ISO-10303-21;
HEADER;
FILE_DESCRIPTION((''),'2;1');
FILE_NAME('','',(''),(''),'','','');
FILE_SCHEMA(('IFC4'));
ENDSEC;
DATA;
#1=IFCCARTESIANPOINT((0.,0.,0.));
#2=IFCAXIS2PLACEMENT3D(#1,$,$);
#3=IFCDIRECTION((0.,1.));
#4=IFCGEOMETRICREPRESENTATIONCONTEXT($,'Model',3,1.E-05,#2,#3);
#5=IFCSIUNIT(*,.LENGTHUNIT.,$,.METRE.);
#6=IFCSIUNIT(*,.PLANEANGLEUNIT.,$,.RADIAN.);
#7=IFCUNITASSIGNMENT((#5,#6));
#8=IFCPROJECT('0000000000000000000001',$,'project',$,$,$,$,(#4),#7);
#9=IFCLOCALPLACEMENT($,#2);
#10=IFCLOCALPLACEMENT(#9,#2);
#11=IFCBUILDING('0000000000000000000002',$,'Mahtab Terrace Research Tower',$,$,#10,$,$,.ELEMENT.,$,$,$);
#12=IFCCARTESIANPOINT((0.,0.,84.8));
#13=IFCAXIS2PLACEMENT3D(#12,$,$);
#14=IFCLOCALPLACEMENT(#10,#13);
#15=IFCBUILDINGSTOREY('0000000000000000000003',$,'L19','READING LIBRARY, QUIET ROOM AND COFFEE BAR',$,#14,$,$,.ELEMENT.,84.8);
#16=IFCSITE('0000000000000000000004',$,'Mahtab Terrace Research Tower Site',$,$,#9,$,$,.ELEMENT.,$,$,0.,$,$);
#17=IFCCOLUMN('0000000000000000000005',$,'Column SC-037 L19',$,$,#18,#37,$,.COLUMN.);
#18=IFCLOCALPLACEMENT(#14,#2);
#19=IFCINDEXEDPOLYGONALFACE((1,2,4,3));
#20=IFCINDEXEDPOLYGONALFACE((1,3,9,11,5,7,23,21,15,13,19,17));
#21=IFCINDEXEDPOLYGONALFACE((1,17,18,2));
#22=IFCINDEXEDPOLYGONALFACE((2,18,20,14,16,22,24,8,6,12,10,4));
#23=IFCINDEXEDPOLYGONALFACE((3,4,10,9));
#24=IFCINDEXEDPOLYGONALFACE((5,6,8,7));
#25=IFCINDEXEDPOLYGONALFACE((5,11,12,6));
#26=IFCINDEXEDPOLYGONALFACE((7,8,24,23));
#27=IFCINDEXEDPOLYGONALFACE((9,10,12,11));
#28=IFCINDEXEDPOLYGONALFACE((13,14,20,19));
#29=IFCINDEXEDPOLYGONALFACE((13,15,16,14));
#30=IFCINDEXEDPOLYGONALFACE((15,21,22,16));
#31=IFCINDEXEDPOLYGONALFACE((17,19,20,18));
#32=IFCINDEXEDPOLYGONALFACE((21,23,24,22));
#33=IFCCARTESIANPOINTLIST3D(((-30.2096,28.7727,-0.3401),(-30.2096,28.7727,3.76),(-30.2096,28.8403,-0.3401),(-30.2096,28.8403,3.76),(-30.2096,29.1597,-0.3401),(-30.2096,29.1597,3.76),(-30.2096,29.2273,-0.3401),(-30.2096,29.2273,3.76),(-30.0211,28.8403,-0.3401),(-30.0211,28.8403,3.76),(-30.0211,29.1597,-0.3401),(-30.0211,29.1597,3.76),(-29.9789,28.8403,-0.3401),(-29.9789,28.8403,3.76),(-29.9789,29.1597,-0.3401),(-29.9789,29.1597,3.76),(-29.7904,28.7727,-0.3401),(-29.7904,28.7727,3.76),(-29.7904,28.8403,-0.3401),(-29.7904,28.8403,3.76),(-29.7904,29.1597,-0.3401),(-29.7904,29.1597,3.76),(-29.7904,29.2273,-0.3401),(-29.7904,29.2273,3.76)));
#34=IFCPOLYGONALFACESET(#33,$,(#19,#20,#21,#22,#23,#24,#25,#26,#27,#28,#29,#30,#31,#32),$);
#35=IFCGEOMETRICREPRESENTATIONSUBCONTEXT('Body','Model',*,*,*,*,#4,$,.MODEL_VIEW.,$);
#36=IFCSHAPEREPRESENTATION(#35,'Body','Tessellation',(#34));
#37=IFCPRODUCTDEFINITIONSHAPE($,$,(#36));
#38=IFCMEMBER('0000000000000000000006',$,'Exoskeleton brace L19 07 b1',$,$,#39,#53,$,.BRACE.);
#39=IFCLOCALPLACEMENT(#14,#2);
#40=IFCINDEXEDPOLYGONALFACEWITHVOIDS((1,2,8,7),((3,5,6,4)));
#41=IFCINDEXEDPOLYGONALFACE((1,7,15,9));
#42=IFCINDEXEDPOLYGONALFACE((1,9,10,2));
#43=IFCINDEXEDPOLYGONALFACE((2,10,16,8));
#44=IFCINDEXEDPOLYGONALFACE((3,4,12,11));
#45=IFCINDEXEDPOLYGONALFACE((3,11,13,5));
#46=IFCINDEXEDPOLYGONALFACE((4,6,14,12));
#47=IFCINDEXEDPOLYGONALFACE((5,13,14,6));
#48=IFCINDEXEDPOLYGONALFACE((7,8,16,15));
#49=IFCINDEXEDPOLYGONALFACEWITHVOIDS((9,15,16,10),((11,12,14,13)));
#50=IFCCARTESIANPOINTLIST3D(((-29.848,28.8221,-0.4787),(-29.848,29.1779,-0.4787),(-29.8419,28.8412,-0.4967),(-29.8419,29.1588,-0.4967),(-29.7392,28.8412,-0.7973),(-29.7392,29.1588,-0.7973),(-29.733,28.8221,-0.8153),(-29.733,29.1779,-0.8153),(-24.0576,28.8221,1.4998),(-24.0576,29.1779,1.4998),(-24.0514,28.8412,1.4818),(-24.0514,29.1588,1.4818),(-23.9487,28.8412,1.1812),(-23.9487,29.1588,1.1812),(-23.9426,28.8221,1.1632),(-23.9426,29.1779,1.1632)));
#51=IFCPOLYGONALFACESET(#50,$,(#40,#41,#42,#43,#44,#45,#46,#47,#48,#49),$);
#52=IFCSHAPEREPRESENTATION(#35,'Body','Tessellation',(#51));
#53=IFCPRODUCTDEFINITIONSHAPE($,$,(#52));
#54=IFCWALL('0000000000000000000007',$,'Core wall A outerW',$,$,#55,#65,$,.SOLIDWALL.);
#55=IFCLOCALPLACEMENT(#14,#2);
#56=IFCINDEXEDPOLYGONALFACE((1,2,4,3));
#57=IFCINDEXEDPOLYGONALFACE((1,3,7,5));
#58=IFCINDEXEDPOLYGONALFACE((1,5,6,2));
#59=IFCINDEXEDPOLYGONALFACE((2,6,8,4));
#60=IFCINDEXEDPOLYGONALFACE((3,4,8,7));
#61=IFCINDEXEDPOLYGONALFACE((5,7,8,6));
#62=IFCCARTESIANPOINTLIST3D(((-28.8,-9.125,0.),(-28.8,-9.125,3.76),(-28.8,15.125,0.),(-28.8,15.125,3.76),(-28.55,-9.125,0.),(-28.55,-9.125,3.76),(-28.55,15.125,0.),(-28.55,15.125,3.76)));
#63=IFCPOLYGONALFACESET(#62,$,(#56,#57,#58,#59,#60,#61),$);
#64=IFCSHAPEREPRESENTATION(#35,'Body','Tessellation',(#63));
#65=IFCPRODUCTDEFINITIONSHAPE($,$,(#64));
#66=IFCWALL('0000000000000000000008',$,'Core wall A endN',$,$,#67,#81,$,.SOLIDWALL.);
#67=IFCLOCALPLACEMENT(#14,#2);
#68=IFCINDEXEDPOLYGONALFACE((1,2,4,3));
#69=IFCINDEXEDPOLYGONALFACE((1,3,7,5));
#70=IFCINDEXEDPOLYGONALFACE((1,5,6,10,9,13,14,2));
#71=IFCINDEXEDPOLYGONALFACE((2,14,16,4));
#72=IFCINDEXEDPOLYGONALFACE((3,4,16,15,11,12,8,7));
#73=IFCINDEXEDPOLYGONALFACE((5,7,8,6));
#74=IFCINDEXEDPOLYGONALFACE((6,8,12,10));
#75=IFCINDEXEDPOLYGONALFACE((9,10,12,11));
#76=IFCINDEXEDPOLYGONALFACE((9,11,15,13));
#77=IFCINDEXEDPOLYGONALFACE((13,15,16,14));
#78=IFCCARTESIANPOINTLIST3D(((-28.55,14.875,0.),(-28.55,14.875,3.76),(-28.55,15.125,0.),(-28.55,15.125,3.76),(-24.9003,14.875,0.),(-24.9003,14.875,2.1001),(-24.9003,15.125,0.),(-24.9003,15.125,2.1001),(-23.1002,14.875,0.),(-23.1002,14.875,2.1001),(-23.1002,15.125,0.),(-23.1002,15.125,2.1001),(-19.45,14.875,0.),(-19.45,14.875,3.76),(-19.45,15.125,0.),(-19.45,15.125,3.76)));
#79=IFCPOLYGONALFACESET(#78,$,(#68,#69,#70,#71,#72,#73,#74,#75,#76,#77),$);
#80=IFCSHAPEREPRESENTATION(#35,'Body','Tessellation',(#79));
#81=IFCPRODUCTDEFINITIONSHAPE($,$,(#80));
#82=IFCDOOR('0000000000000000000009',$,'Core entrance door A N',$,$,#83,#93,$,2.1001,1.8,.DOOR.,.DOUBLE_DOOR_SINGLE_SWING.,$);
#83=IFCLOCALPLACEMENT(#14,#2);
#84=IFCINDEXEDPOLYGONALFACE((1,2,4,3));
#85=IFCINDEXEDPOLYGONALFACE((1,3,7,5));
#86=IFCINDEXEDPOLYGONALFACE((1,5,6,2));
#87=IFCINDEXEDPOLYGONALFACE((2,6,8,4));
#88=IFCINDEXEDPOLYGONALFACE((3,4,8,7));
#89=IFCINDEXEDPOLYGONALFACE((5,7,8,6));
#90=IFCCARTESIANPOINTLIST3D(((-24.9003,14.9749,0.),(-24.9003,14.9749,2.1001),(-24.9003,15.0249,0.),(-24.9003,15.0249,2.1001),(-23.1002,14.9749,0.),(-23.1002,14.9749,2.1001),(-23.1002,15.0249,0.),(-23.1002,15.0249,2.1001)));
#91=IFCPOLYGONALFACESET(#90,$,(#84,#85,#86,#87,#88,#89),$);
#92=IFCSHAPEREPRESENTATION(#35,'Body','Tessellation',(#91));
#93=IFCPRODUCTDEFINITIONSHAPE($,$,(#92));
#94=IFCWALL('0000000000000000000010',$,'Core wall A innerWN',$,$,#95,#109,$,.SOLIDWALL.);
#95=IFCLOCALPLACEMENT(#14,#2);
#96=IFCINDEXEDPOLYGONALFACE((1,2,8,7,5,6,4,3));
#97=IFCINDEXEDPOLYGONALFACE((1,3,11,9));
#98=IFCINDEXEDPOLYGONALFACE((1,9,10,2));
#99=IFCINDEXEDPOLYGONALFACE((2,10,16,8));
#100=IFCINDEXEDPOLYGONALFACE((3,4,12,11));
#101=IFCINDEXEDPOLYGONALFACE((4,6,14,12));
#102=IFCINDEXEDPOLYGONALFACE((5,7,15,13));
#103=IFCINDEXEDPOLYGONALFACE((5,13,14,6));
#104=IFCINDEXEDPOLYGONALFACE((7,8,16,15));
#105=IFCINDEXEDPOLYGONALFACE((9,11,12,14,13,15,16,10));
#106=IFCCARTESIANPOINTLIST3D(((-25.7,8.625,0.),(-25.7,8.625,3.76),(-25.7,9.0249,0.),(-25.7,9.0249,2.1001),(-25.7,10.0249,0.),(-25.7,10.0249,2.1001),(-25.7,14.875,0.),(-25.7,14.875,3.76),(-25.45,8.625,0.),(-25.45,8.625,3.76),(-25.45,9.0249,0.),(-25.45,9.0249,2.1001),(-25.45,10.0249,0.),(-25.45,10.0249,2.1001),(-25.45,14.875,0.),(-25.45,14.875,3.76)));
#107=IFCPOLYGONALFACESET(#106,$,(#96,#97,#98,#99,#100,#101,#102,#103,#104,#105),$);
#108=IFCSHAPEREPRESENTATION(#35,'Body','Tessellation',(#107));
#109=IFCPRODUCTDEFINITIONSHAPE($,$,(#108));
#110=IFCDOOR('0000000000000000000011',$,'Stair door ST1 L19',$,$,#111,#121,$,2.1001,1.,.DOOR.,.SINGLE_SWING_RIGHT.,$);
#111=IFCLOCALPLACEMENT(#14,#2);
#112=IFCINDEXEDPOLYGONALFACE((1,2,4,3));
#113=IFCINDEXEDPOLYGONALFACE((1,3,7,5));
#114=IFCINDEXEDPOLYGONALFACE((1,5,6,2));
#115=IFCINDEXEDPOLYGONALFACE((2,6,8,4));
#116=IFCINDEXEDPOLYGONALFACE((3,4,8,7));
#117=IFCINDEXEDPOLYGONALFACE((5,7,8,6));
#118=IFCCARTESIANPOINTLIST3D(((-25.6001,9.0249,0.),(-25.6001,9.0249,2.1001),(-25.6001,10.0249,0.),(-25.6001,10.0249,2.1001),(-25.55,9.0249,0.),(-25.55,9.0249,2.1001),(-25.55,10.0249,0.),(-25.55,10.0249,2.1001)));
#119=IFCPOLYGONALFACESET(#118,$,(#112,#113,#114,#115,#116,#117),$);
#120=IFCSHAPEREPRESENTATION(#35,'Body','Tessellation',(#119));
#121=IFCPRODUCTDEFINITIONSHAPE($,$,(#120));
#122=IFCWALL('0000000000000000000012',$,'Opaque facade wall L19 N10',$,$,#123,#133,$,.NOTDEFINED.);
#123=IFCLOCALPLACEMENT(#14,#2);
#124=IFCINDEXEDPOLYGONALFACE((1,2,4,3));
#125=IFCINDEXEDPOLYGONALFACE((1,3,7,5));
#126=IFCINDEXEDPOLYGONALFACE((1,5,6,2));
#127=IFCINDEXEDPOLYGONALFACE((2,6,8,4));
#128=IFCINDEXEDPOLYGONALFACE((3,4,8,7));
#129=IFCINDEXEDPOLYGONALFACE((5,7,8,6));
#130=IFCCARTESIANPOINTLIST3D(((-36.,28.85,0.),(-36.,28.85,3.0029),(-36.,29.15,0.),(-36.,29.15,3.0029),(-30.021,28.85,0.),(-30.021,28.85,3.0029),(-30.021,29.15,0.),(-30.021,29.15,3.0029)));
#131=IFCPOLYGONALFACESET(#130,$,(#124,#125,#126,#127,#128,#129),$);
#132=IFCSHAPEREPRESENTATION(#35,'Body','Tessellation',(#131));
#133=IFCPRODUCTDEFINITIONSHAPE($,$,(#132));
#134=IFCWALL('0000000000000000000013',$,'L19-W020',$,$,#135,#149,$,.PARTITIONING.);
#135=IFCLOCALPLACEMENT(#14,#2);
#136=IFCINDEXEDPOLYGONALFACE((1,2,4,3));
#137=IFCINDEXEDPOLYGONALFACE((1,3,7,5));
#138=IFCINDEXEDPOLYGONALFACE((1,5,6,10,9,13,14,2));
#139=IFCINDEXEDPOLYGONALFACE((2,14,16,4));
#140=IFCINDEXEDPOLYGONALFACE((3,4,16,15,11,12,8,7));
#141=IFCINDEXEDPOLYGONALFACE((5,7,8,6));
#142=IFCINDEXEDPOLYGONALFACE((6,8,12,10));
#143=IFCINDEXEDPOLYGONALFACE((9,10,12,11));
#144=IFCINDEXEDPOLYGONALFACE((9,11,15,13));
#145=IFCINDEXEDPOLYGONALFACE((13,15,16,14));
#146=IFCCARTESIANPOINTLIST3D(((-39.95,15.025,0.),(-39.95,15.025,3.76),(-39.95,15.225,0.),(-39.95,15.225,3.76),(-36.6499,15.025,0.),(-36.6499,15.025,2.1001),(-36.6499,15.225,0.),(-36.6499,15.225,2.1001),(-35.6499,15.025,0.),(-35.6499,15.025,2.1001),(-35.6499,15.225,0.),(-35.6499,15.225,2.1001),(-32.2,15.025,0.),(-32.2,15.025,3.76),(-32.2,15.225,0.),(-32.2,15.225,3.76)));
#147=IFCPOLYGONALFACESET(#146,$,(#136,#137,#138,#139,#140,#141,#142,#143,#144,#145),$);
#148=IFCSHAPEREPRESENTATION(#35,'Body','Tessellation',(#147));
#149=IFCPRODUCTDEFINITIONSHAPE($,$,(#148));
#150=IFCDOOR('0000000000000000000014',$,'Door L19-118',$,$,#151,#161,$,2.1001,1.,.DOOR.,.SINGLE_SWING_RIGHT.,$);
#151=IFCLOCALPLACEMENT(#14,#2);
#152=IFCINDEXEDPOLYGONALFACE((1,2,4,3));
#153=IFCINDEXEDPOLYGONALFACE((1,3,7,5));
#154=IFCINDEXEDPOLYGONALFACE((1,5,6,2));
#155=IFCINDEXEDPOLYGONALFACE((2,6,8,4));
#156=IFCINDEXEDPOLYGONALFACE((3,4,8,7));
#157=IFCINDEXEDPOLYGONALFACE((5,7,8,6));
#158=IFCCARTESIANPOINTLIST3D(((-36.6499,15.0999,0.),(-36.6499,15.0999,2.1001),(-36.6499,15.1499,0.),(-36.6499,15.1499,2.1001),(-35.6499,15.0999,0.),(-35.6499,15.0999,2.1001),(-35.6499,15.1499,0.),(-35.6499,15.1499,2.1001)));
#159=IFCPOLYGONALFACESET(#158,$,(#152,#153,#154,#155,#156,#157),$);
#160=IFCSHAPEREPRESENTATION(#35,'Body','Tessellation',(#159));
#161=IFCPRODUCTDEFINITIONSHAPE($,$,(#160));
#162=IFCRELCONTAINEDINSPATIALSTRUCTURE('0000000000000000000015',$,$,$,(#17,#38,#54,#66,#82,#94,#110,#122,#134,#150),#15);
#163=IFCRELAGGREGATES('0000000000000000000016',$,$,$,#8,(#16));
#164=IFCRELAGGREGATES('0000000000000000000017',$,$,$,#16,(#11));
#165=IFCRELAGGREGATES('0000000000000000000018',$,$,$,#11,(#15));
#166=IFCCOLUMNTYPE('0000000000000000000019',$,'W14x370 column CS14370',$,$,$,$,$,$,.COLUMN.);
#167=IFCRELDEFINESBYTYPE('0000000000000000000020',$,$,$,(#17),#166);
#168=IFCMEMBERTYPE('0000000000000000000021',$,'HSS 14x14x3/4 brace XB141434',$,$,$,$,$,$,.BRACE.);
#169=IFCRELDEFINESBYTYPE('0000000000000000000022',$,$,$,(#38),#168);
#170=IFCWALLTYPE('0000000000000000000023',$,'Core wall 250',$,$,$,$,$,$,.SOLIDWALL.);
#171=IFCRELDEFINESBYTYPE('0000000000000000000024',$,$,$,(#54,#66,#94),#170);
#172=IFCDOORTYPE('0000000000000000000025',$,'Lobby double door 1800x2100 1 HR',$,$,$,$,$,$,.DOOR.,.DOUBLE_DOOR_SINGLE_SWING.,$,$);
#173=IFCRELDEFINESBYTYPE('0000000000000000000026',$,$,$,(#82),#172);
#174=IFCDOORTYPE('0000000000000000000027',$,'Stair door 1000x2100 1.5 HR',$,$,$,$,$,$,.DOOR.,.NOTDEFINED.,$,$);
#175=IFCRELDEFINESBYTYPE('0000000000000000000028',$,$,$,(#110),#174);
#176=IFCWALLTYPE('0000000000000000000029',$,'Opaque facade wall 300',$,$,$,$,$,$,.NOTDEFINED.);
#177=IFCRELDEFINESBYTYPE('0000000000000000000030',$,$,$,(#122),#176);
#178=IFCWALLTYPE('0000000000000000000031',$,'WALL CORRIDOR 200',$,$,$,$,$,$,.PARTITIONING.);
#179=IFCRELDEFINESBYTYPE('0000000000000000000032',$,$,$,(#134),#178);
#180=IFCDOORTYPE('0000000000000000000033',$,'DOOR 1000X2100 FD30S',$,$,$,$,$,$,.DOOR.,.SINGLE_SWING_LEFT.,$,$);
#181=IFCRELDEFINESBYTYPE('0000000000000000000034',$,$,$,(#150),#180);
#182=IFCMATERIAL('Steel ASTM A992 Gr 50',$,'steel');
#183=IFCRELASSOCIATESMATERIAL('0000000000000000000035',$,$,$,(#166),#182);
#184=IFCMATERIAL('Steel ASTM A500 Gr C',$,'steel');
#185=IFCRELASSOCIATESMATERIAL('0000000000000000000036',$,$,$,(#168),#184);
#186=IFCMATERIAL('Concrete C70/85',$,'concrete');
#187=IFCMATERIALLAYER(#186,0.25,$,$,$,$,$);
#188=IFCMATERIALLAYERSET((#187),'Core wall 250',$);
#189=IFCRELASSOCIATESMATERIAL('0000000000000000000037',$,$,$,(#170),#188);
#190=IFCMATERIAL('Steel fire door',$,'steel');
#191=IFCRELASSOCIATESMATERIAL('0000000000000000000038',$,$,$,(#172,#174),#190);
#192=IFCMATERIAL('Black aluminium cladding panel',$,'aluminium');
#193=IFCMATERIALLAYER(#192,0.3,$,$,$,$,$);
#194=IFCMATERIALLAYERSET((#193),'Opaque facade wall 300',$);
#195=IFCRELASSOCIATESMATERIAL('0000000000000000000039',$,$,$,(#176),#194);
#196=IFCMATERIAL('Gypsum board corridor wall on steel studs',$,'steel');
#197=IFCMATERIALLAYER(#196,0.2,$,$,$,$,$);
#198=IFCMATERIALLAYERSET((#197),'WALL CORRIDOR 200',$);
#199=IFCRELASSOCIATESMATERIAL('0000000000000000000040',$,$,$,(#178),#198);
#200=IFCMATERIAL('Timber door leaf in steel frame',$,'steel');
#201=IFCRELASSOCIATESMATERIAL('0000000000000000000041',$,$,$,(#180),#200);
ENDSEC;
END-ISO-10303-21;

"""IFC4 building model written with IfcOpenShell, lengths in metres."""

from ifc_helpers import new_model, si_unit, direction, frame, frame_2d, origin, origin_2d, place, context, subcontext, project, spatial, rectangle, hollow_rectangle, i_section, extrude, material, layer, layer_set, material_profile, profile_set, type_object, element, fill, save


model = new_model("IFC4")

# Units and contexts
model_context = context("Model", 3, precision=1e-05, world=origin(), true_north=direction((0.0, 1.0)))
body_context = subcontext(model_context, "Body", "Model", "MODEL_VIEW")
ifc_project = project(units=[si_unit("LENGTHUNIT", "METRE"), si_unit("PLANEANGLEUNIT", "RADIAN")], contexts=[model_context])

# Site, building, storey
site_placement = place(None, origin())
site = spatial("IfcSite", under=ifc_project, at=site_placement, Name="Mahtab Terrace Research Tower Site", CompositionType="ELEMENT", RefElevation=0.0)
building_placement = place(site_placement, origin())
building = spatial("IfcBuilding", under=site, at=building_placement, Name="Mahtab Terrace Research Tower", CompositionType="ELEMENT")
storey_placement = place(building_placement, frame((0.0, 0.0, 84.8)))
storey = spatial("IfcBuildingStorey", under=building, at=storey_placement, Name="L19", Description="READING LIBRARY, QUIET ROOM AND COFFEE BAR", CompositionType="ELEMENT", Elevation=84.8)

# Column
ifc_material_1 = material(Name="Steel ASTM A992 Gr 50", Category="steel")
ifc_material_profile_1 = material_profile(ifc_material_1, i_section(OverallWidth=0.4192, OverallDepth=0.4546, WebThickness=0.0422, FlangeThickness=0.0676, at=origin_2d()), Name="W14X370")
ifc_profile_set_1 = profile_set([ifc_material_profile_1], Name="Steel ASTM A992 Gr 50")
column_type = type_object("IfcColumnType", Name="W14x370 column CS14370", PredefinedType="COLUMN", material=ifc_profile_set_1)
column_placement = place(storey_placement, frame((-30.0, 29.0, -0.3401), z_axis=(0.0, 0.0, 1.0), x_axis=(1.0, 0.0, 0.0)))
element("IfcColumn", 1, at=column_placement, inside=storey, type_object=column_type, Name="Column SC-037 L19", PredefinedType="COLUMN", context=body_context, shape_type="SweptSolid", body=[
    extrude(i_section(OverallWidth=0.4192, OverallDepth=0.4546, WebThickness=0.0422, FlangeThickness=0.0676, at=origin_2d()), origin(), (0.0, 0.0, 1.0), 4.1001),
])

# Member
ifc_material_2 = material(Name="Steel ASTM A500 Gr C", Category="steel")
ifc_material_profile_2 = material_profile(ifc_material_2, hollow_rectangle(XDim=0.3557, YDim=0.3557, WallThickness=0.019, at=origin_2d()), Name="HSS14X14X3/4")
ifc_profile_set_2 = profile_set([ifc_material_profile_2], Name="Steel ASTM A500 Gr C")
member_type = type_object("IfcMemberType", Name="HSS 14x14x3/4 brace XB141434", PredefinedType="BRACE", material=ifc_profile_set_2)
member_placement = place(storey_placement, frame((-29.7905, 29.0, -0.647), z_axis=(0.946287, 0.0, 0.323329), x_axis=(0.0, 1.0, 0.0)))
element("IfcMember", 2, at=member_placement, inside=storey, type_object=member_type, Name="Exoskeleton brace L19 07 b1", PredefinedType="BRACE", context=body_context, shape_type="SweptSolid", body=[
    extrude(hollow_rectangle(XDim=0.3557, YDim=0.3557, WallThickness=0.019, at=origin_2d()), origin(), (0.0, 0.0, 1.0), 6.1191),
])

# Wall
ifc_material_3 = material(Name="Concrete C70/85", Category="concrete")
ifc_layer_1 = layer(ifc_material_3, 0.25)
ifc_layer_set_1 = layer_set([ifc_layer_1], Name="Core wall 250")
wall_type_1 = type_object("IfcWallType", Name="Core wall 250", PredefinedType="SOLIDWALL", material=ifc_layer_set_1)
wall_1_placement = place(storey_placement, frame((-28.675, 15.125, 0.0), z_axis=(0.0, 0.0, 1.0), x_axis=(0.0, -1.0, 0.0)))
element("IfcWall", 3, at=wall_1_placement, inside=storey, type_object=wall_type_1, Name="Core wall A outerW", PredefinedType="SOLIDWALL", context=body_context, shape_type="SweptSolid", body=[
    extrude(rectangle(XDim=24.25, YDim=0.25, at=frame_2d((12.125, 0.0))), origin(), (0.0, 0.0, 1.0), 3.76),
])

# Walls, openings, doors
wall_2_placement = place(storey_placement, frame((-28.55, 15.0, 0.0), z_axis=(0.0, 0.0, 1.0), x_axis=(1.0, 0.0, 0.0)))
wall_2 = element("IfcWall", 4, at=wall_2_placement, inside=storey, type_object=wall_type_1, Name="Core wall A endN", PredefinedType="SOLIDWALL", context=body_context, shape_type="SweptSolid", body=[
    extrude(rectangle(XDim=9.1001, YDim=0.25, at=frame_2d((4.55, 0.0))), origin(), (0.0, 0.0, 1.0), 3.76),
])
opening_1_placement = place(wall_2_placement, frame((3.6499, 0.0, 0.0)))
opening_1 = element("IfcOpeningElement", 5, at=opening_1_placement, cuts=wall_2, PredefinedType="OPENING", context=body_context, shape_type="SweptSolid", body=[
    extrude(rectangle(XDim=1.8, YDim=2.1001, at=frame_2d((0.8999, 1.05))), frame((0.0, 0.135, 0.0), z_axis=(0.0, -1.0, 0.0), x_axis=(1.0, 0.0, 0.0)), (0.0, 0.0, 1.0), 0.27),
])
ifc_material_4 = material(Name="Steel fire door", Category="steel")
door_type_1 = type_object("IfcDoorType", Name="Lobby double door 1800x2100 1 HR", OperationType="DOUBLE_DOOR_SINGLE_SWING", PredefinedType="DOOR", material=ifc_material_4)
door_1_placement = place(opening_1_placement, origin())
door_1 = element("IfcDoor", 6, at=door_1_placement, inside=storey, type_object=door_type_1, Name="Core entrance door A N", OperationType="DOUBLE_DOOR_SINGLE_SWING", OverallHeight=2.1001, OverallWidth=1.8, PredefinedType="DOOR", context=body_context, shape_type="SweptSolid", body=[
    extrude(rectangle(XDim=1.8, YDim=2.1001, at=frame_2d((0.8999, 1.05))), frame((0.0, 0.0249, 0.0), z_axis=(0.0, -1.0, 0.0), x_axis=(1.0, 0.0, 0.0)), (0.0, 0.0, 1.0), 0.05),
])
fill(opening_1, door_1)
wall_3_placement = place(storey_placement, frame((-25.575, 14.875, 0.0), z_axis=(0.0, 0.0, 1.0), x_axis=(0.0, -1.0, 0.0)))
wall_3 = element("IfcWall", 7, at=wall_3_placement, inside=storey, type_object=wall_type_1, Name="Core wall A innerWN", PredefinedType="SOLIDWALL", context=body_context, shape_type="SweptSolid", body=[
    extrude(rectangle(XDim=6.25, YDim=0.25, at=frame_2d((3.125, 0.0))), origin(), (0.0, 0.0, 1.0), 3.76),
])
opening_2_placement = place(wall_3_placement, frame((4.8501, 0.0, 0.0)))
opening_2 = element("IfcOpeningElement", 8, at=opening_2_placement, cuts=wall_3, PredefinedType="OPENING", context=body_context, shape_type="SweptSolid", body=[
    extrude(rectangle(XDim=1.0, YDim=2.1001, at=frame_2d((0.5, 1.05))), frame((0.0, 0.135, 0.0), z_axis=(0.0, -1.0, 0.0), x_axis=(1.0, 0.0, 0.0)), (0.0, 0.0, 1.0), 0.27),
])
door_type_2 = type_object("IfcDoorType", Name="Stair door 1000x2100 1.5 HR", OperationType="NOTDEFINED", PredefinedType="DOOR", material=ifc_material_4)
door_2_placement = place(opening_2_placement, origin())
door_2 = element("IfcDoor", 9, at=door_2_placement, inside=storey, type_object=door_type_2, Name="Stair door ST1 L19", OperationType="SINGLE_SWING_RIGHT", OverallHeight=2.1001, OverallWidth=1.0, PredefinedType="DOOR", context=body_context, shape_type="SweptSolid", body=[
    extrude(rectangle(XDim=1.0, YDim=2.1001, at=frame_2d((0.5, 1.05))), frame((0.0, 0.0249, 0.0), z_axis=(0.0, -1.0, 0.0), x_axis=(1.0, 0.0, 0.0)), (0.0, 0.0, 1.0), 0.05),
])
fill(opening_2, door_2)

# Wall
ifc_material_5 = material(Name="Black aluminium cladding panel", Category="aluminium")
ifc_layer_2 = layer(ifc_material_5, 0.3)
ifc_layer_set_2 = layer_set([ifc_layer_2], Name="Opaque facade wall 300")
wall_type_2 = type_object("IfcWallType", Name="Opaque facade wall 300", PredefinedType="NOTDEFINED", material=ifc_layer_set_2)
wall_4_placement = place(storey_placement, frame((-30.021, 29.0, 0.0), z_axis=(0.0, 0.0, 1.0), x_axis=(-1.0, 0.0, 0.0)))
element("IfcWall", 10, at=wall_4_placement, inside=storey, type_object=wall_type_2, Name="Opaque facade wall L19 N10", PredefinedType="NOTDEFINED", context=body_context, shape_type="SweptSolid", body=[
    extrude(rectangle(XDim=5.979, YDim=0.3, at=frame_2d((2.9895, 0.0))), origin(), (0.0, 0.0, 1.0), 3.0029),
])

# Wall, opening, door
ifc_material_6 = material(Name="Gypsum board corridor wall on steel studs", Category="steel")
ifc_layer_3 = layer(ifc_material_6, 0.2)
ifc_layer_set_3 = layer_set([ifc_layer_3], Name="WALL CORRIDOR 200")
wall_type_3 = type_object("IfcWallType", Name="WALL CORRIDOR 200", PredefinedType="PARTITIONING", material=ifc_layer_set_3)
wall_5_placement = place(storey_placement, frame((-39.95, 15.125, 0.0), z_axis=(0.0, 0.0, 1.0), x_axis=(1.0, 0.0, 0.0)))
wall_5 = element("IfcWall", 11, at=wall_5_placement, inside=storey, type_object=wall_type_3, Name="L19-W020", PredefinedType="PARTITIONING", context=body_context, shape_type="SweptSolid", body=[
    extrude(rectangle(XDim=7.75, YDim=0.2, at=frame_2d((3.875, 0.0))), origin(), (0.0, 0.0, 1.0), 3.76),
])
opening_3_placement = place(wall_5_placement, frame((3.3, 0.0, 0.0)))
opening_3 = element("IfcOpeningElement", 12, at=opening_3_placement, cuts=wall_5, PredefinedType="OPENING", context=body_context, shape_type="SweptSolid", body=[
    extrude(rectangle(XDim=1.0, YDim=2.1001, at=frame_2d((0.5, 1.05))), frame((0.0, 0.1099, 0.0), z_axis=(0.0, -1.0, 0.0), x_axis=(1.0, 0.0, 0.0)), (0.0, 0.0, 1.0), 0.22),
])
ifc_material_7 = material(Name="Timber door leaf in steel frame", Category="steel")
door_type_3 = type_object("IfcDoorType", Name="DOOR 1000X2100 FD30S", OperationType="SINGLE_SWING_LEFT", PredefinedType="DOOR", material=ifc_material_7)
door_3_placement = place(opening_3_placement, origin())
door_3 = element("IfcDoor", 13, at=door_3_placement, inside=storey, type_object=door_type_3, Name="Door L19-118", OperationType="SINGLE_SWING_RIGHT", OverallHeight=2.1001, OverallWidth=1.0, PredefinedType="DOOR", context=body_context, shape_type="SweptSolid", body=[
    extrude(rectangle(XDim=1.0, YDim=2.1001, at=frame_2d((0.5, 1.05))), frame((0.0, 0.0249, 0.0), z_axis=(0.0, -1.0, 0.0), x_axis=(1.0, 0.0, 0.0)), (0.0, 0.0, 1.0), 0.05),
])
fill(opening_3, door_3)

save(model, "model.ifc")
